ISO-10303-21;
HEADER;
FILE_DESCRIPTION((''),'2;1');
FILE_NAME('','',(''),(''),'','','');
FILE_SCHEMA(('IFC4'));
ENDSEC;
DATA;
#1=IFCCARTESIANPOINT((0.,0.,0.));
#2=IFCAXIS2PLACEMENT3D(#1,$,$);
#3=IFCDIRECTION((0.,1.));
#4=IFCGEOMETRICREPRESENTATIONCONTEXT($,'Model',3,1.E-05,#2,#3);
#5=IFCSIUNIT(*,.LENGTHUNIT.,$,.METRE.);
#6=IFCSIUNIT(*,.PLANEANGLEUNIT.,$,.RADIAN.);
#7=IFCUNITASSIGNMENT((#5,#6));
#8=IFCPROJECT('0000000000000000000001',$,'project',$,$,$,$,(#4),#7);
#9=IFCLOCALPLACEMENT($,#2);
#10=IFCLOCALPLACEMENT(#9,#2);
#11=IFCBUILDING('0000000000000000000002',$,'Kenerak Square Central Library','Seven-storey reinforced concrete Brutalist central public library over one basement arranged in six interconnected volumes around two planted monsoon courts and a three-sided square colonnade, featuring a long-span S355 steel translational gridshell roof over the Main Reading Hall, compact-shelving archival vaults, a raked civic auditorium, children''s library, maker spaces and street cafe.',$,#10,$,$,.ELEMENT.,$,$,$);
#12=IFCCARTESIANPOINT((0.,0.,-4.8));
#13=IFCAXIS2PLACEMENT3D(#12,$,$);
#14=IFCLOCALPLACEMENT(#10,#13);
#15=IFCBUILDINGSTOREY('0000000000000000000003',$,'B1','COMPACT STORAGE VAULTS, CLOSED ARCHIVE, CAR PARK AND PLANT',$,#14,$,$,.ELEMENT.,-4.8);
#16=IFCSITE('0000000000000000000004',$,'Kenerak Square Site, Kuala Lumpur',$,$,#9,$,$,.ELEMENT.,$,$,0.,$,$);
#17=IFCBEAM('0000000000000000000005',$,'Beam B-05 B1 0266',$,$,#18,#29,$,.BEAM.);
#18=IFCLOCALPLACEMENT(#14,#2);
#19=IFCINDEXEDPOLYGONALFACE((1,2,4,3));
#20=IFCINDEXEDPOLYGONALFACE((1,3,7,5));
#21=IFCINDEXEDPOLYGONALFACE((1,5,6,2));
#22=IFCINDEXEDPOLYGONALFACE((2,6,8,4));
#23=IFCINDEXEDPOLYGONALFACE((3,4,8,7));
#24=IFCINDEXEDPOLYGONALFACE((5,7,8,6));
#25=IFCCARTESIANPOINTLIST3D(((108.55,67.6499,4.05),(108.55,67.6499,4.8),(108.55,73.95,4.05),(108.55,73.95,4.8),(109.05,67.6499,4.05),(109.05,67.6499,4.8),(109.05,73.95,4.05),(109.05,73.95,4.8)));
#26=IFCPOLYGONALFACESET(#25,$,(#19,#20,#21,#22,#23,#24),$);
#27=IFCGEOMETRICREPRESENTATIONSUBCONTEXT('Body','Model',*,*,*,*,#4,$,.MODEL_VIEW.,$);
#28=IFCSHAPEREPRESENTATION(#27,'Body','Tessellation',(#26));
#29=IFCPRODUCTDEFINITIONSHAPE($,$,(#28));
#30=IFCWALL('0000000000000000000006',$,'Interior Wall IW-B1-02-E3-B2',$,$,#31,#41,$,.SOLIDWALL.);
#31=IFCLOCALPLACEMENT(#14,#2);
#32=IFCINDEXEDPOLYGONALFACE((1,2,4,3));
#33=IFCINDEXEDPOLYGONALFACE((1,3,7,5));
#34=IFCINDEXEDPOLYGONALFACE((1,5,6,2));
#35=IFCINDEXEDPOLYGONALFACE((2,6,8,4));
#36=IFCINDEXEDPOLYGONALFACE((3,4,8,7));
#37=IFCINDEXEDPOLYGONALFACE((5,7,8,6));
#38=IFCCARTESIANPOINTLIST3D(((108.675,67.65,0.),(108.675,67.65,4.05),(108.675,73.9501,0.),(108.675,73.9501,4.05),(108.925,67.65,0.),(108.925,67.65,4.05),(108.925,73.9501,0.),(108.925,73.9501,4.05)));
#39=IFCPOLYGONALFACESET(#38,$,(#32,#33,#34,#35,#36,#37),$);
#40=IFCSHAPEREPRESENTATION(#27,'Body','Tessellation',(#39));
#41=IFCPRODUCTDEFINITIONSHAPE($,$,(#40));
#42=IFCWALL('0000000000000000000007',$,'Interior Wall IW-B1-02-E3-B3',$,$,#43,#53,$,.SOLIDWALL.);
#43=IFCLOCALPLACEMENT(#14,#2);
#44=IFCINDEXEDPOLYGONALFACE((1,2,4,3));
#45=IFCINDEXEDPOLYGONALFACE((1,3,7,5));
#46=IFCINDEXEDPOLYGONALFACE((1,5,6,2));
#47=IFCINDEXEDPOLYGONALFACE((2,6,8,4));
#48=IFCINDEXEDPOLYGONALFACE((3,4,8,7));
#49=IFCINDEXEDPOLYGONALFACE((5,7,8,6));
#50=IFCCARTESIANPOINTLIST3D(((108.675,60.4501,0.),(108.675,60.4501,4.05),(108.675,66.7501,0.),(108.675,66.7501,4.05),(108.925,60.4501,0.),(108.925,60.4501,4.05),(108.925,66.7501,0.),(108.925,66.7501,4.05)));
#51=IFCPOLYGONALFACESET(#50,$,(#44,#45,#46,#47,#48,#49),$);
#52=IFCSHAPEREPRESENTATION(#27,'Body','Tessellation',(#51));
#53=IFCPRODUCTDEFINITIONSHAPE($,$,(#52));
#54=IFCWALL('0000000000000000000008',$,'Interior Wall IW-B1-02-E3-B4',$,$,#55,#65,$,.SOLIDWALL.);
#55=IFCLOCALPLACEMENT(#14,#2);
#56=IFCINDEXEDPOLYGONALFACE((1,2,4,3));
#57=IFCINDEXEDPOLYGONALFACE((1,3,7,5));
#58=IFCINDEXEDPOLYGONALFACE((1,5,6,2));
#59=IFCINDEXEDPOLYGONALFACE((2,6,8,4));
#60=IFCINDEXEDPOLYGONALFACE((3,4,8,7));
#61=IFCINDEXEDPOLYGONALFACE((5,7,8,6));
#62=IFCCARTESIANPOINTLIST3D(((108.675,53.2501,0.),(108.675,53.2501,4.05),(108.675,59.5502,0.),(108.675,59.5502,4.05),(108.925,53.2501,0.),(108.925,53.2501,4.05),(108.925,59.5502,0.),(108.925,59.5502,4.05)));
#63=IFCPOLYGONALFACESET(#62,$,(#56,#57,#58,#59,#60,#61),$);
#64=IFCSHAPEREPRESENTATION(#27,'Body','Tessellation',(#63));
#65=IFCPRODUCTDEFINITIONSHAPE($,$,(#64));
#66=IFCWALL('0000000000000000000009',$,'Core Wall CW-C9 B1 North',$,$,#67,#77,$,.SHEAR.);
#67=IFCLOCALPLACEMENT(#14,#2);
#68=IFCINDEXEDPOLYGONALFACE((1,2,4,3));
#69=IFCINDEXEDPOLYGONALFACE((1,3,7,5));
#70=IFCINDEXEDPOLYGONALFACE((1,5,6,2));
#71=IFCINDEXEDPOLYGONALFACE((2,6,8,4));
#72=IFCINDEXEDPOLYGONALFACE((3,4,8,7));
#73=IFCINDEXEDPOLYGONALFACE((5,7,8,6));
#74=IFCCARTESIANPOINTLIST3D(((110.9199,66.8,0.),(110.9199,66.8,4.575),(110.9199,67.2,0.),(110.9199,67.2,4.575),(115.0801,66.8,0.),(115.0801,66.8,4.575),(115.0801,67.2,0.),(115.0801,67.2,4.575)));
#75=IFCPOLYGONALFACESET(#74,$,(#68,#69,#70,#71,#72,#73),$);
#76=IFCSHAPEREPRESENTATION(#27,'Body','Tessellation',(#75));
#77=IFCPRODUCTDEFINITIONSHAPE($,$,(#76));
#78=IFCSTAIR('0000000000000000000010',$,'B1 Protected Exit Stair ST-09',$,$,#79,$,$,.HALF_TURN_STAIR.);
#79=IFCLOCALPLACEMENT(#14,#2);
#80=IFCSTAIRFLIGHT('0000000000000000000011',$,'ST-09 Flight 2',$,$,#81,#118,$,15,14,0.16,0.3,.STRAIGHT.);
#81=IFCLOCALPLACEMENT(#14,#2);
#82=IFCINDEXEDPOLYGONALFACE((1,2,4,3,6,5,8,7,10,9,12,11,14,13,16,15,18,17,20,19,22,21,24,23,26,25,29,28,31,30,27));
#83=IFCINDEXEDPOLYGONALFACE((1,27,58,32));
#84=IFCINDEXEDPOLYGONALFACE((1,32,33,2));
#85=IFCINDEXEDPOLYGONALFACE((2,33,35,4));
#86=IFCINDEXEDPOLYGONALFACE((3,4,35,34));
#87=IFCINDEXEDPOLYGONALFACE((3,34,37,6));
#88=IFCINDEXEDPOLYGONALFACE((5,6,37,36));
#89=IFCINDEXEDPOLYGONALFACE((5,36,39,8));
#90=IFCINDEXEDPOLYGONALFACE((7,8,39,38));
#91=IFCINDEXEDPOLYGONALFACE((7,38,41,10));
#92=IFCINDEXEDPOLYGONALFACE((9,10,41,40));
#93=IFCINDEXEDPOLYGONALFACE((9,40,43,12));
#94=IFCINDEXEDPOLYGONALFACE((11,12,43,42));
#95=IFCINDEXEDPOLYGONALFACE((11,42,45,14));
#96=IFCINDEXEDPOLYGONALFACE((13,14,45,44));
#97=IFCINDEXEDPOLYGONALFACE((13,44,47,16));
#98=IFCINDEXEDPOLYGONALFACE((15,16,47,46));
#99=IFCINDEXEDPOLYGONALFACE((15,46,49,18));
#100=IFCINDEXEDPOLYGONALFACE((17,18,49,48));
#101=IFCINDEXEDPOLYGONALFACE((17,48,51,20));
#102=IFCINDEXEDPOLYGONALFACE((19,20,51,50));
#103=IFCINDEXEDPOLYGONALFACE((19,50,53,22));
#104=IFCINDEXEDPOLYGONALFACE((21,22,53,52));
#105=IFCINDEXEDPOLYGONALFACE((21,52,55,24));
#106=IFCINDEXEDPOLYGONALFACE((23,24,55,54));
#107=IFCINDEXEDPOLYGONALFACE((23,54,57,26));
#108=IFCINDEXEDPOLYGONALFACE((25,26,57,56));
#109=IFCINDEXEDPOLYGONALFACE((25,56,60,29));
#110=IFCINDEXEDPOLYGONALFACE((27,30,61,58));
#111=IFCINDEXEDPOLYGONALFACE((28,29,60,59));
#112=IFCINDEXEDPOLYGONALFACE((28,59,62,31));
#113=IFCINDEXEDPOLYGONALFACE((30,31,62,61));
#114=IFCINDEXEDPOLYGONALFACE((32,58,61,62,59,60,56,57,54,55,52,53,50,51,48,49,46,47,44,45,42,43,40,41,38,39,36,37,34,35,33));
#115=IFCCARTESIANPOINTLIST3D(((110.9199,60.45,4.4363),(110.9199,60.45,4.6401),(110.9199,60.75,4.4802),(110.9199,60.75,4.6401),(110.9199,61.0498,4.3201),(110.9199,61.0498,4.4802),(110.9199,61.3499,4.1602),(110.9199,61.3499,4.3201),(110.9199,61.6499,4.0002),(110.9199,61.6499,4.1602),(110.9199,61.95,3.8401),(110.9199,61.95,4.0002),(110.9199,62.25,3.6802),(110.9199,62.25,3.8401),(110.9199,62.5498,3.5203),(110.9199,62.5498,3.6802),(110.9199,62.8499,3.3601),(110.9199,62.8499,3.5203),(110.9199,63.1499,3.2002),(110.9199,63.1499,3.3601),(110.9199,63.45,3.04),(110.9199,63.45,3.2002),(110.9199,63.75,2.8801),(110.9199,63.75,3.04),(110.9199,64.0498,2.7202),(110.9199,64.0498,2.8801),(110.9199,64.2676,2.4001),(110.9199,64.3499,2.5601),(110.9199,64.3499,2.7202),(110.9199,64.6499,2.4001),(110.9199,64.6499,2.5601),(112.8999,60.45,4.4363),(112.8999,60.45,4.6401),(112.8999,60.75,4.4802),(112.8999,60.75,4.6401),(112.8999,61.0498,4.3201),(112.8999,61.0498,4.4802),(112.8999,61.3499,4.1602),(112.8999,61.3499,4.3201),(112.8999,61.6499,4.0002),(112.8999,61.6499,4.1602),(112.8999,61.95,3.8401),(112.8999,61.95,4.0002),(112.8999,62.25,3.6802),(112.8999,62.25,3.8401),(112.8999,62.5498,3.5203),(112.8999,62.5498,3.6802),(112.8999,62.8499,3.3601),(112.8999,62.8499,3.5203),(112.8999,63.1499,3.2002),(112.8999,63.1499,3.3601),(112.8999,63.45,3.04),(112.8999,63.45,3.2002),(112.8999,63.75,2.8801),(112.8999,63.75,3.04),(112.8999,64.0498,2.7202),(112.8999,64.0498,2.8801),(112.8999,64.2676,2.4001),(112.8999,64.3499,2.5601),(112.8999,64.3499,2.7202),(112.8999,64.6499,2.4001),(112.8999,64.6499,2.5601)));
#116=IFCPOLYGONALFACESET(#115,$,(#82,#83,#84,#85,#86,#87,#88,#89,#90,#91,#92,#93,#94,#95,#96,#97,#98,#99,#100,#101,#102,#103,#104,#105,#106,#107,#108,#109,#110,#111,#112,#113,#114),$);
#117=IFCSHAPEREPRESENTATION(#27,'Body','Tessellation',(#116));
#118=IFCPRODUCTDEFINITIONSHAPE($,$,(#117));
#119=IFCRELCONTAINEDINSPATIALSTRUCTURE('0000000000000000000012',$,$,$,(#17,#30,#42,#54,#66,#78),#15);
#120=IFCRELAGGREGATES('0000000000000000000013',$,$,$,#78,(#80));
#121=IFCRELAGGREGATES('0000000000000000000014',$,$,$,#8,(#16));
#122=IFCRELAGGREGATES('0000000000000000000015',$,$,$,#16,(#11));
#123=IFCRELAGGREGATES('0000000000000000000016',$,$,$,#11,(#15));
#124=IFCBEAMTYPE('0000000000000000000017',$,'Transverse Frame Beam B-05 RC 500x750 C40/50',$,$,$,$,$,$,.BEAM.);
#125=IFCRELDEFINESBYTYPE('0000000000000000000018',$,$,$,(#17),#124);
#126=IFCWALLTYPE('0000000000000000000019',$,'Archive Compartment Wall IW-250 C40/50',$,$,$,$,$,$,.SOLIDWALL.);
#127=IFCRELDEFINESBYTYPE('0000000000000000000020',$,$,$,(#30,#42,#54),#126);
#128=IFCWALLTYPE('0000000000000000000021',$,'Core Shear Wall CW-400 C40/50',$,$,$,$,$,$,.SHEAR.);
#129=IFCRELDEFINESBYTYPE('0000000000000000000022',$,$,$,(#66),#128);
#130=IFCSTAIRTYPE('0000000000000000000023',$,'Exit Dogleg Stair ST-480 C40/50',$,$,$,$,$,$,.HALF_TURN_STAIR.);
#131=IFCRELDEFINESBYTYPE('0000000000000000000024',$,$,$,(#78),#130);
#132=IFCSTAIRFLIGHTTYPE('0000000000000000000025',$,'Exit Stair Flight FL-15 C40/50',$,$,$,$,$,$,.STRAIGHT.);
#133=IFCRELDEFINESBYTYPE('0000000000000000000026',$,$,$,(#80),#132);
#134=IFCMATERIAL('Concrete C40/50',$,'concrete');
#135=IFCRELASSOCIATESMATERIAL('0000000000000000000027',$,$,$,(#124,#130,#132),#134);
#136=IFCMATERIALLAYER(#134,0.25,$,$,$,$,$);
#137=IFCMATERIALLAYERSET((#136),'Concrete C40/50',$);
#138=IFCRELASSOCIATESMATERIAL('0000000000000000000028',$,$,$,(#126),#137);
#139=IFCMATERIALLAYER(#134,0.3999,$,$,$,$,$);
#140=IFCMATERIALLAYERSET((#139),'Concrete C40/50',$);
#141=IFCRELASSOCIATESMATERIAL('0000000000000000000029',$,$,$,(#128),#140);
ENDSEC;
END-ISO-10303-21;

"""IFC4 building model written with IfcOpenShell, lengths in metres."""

from ifc_helpers import new_model, si_unit, direction, frame, frame_2d, origin, origin_2d, place, context, subcontext, project, spatial, polyline, rectangle, outline, extrude, material, layer, layer_set, material_profile, profile_set, type_object, element, aggregate, save


model = new_model("IFC4")

# Units and contexts
model_context = context("Model", 3, precision=1e-05, world=origin(), true_north=direction((0.0, 1.0)))
body_context = subcontext(model_context, "Body", "Model", "MODEL_VIEW")
ifc_project = project(units=[si_unit("LENGTHUNIT", "METRE"), si_unit("PLANEANGLEUNIT", "RADIAN")], contexts=[model_context])

# Site, building, storey
site_placement = place(None, origin())
site = spatial("IfcSite", under=ifc_project, at=site_placement, Name="Kenerak Square Site, Kuala Lumpur", CompositionType="ELEMENT", RefElevation=0.0)
building_placement = place(site_placement, origin())
building = spatial("IfcBuilding", under=site, at=building_placement, Name="Kenerak Square Central Library", Description="Seven-storey reinforced concrete Brutalist central public library over one basement arranged in six interconnected volumes around two planted monsoon courts and a three-sided square colonnade, featuring a long-span S355 steel translational gridshell roof over the Main Reading Hall, compact-shelving archival vaults, a raked civic auditorium, children's library, maker spaces and street cafe.", CompositionType="ELEMENT")
storey_placement = place(building_placement, frame((0.0, 0.0, -4.8)))
storey = spatial("IfcBuildingStorey", under=building, at=storey_placement, Name="B1", Description="COMPACT STORAGE VAULTS, CLOSED ARCHIVE, CAR PARK AND PLANT", CompositionType="ELEMENT", Elevation=-4.8)

# Shared definitions
ifc_material_1 = material(Name="Concrete C40/50", Category="concrete")

# Beam
ifc_material_profile_1 = material_profile(ifc_material_1, rectangle(XDim=0.5, YDim=0.75, at=origin_2d()), Name="RC 500x750")
ifc_profile_set_1 = profile_set([ifc_material_profile_1], Name="Concrete C40/50")
beam_type_1 = type_object("IfcBeamType", Name="Transverse Frame Beam B-05 RC 500x750 C40/50", PredefinedType="BEAM", material=ifc_profile_set_1)
for number, where, z_axis, x_axis, name in (
    (1, (108.8, 67.6499, 4.425), (0.0, 1.0, 0.0), (-1.0, 0.0, 0.0), "Beam B-05 B1 0266"),
):
    element("IfcBeam", number, at=place(storey_placement, frame(where, z_axis=z_axis, x_axis=x_axis)), inside=storey, type_object=beam_type_1, Name=name, PredefinedType="BEAM", context=body_context, shape_type="SweptSolid", body=[
        extrude(rectangle(XDim=0.5, YDim=0.75, at=origin_2d()), origin(), (0.0, 0.0, 1.0), 6.3),
    ])

# Walls
ifc_layer_1 = layer(ifc_material_1, 0.25)
ifc_layer_set_1 = layer_set([ifc_layer_1], Name="Concrete C40/50")
wall_type_1 = type_object("IfcWallType", Name="Archive Compartment Wall IW-250 C40/50", PredefinedType="SOLIDWALL", material=ifc_layer_set_1)
for number, where, z_axis, x_axis, name in (
    (2, (108.8, 73.95, 0.0), (0.0, 0.0, 1.0), (0.0, -1.0, 0.0), "Interior Wall IW-B1-02-E3-B2"),
    (3, (108.8, 66.75, 0.0), (0.0, 0.0, 1.0), (0.0, -1.0, 0.0), "Interior Wall IW-B1-02-E3-B3"),
    (4, (108.8, 59.55, 0.0), (0.0, 0.0, 1.0), (0.0, -1.0, 0.0), "Interior Wall IW-B1-02-E3-B4"),
):
    element("IfcWall", number, at=place(storey_placement, frame(where, z_axis=z_axis, x_axis=x_axis)), inside=storey, type_object=wall_type_1, Name=name, PredefinedType="SOLIDWALL", context=body_context, shape_type="SweptSolid", body=[
        extrude(rectangle(XDim=6.3, YDim=0.25, at=frame_2d((3.1499, 0.0))), origin(), (0.0, 0.0, 1.0), 4.05),
    ])
ifc_layer_2 = layer(ifc_material_1, 0.3999)
ifc_layer_set_2 = layer_set([ifc_layer_2], Name="Concrete C40/50")
wall_type_2 = type_object("IfcWallType", Name="Core Shear Wall CW-400 C40/50", PredefinedType="SHEAR", material=ifc_layer_set_2)
wall_placement = place(storey_placement, frame((110.9199, 67.0, 0.0), z_axis=(0.0, 0.0, 1.0), x_axis=(1.0, 0.0, 0.0)))
element("IfcWall", 5, at=wall_placement, inside=storey, type_object=wall_type_2, Name="Core Wall CW-C9 B1 North", PredefinedType="SHEAR", context=body_context, shape_type="SweptSolid", body=[
    extrude(rectangle(XDim=4.1602, YDim=0.3999, at=frame_2d((2.0801, 0.0))), origin(), (0.0, 0.0, 1.0), 4.575),
])

# Stair, stair flight
stair_type = type_object("IfcStairType", Name="Exit Dogleg Stair ST-480 C40/50", PredefinedType="HALF_TURN_STAIR", material=ifc_material_1)
stair_placement = place(storey_placement, origin())
stair = element("IfcStair", 6, at=stair_placement, inside=storey, type_object=stair_type, Name="B1 Protected Exit Stair ST-09", PredefinedType="HALF_TURN_STAIR")
stair_flight_type = type_object("IfcStairFlightType", Name="Exit Stair Flight FL-15 C40/50", PredefinedType="STRAIGHT", material=ifc_material_1)
stair_flight_placement = place(storey_placement, frame((111.9099, 64.6499, 2.4001), z_axis=(0.0, 0.0, 1.0), x_axis=(0.0, -1.0, 0.0)))
stair_flight = element("IfcStairFlight", 7, at=stair_flight_placement, type_object=stair_flight_type, Name="ST-09 Flight 2", NumberOfRisers=15, NumberOfTreads=14, PredefinedType="STRAIGHT", RiserHeight=0.16, TreadLength=0.3, context=body_context, shape_type="SweptSolid", body=[
    extrude(outline(polyline([(0.0, 0.0), (0.0, 0.1599), (0.3, 0.1599), (0.3, 0.3201), (0.6001, 0.3201), (0.6001, 0.48), (0.8999, 0.48), (0.8999, 0.6399), (1.2, 0.6399), (1.2, 0.8), (1.5, 0.8), (1.5, 0.96), (1.8, 0.96), (1.8, 1.1201), (2.1001, 1.1201), (2.1001, 1.28), (2.3999, 1.28), (2.3999, 1.4399), (2.7, 1.4399), (2.7, 1.6001), (3.0, 1.6001), (3.0, 1.76), (3.3, 1.76), (3.3, 1.9199), (3.6001, 1.9199), (3.6001, 2.0801), (3.8999, 2.0801), (3.8999, 2.24), (4.2, 2.24), (4.2, 2.3999), (4.2, 2.0361), (0.3823, 0.0), (0.0, 0.0)])), frame((0.0, 0.99, 0.0), z_axis=(0.0, -1.0, 0.0), x_axis=(1.0, 0.0, 0.0)), (0.0, 0.0, 1.0), 1.98),
])
aggregate(stair, [stair_flight])

save(model, "model.ifc")
